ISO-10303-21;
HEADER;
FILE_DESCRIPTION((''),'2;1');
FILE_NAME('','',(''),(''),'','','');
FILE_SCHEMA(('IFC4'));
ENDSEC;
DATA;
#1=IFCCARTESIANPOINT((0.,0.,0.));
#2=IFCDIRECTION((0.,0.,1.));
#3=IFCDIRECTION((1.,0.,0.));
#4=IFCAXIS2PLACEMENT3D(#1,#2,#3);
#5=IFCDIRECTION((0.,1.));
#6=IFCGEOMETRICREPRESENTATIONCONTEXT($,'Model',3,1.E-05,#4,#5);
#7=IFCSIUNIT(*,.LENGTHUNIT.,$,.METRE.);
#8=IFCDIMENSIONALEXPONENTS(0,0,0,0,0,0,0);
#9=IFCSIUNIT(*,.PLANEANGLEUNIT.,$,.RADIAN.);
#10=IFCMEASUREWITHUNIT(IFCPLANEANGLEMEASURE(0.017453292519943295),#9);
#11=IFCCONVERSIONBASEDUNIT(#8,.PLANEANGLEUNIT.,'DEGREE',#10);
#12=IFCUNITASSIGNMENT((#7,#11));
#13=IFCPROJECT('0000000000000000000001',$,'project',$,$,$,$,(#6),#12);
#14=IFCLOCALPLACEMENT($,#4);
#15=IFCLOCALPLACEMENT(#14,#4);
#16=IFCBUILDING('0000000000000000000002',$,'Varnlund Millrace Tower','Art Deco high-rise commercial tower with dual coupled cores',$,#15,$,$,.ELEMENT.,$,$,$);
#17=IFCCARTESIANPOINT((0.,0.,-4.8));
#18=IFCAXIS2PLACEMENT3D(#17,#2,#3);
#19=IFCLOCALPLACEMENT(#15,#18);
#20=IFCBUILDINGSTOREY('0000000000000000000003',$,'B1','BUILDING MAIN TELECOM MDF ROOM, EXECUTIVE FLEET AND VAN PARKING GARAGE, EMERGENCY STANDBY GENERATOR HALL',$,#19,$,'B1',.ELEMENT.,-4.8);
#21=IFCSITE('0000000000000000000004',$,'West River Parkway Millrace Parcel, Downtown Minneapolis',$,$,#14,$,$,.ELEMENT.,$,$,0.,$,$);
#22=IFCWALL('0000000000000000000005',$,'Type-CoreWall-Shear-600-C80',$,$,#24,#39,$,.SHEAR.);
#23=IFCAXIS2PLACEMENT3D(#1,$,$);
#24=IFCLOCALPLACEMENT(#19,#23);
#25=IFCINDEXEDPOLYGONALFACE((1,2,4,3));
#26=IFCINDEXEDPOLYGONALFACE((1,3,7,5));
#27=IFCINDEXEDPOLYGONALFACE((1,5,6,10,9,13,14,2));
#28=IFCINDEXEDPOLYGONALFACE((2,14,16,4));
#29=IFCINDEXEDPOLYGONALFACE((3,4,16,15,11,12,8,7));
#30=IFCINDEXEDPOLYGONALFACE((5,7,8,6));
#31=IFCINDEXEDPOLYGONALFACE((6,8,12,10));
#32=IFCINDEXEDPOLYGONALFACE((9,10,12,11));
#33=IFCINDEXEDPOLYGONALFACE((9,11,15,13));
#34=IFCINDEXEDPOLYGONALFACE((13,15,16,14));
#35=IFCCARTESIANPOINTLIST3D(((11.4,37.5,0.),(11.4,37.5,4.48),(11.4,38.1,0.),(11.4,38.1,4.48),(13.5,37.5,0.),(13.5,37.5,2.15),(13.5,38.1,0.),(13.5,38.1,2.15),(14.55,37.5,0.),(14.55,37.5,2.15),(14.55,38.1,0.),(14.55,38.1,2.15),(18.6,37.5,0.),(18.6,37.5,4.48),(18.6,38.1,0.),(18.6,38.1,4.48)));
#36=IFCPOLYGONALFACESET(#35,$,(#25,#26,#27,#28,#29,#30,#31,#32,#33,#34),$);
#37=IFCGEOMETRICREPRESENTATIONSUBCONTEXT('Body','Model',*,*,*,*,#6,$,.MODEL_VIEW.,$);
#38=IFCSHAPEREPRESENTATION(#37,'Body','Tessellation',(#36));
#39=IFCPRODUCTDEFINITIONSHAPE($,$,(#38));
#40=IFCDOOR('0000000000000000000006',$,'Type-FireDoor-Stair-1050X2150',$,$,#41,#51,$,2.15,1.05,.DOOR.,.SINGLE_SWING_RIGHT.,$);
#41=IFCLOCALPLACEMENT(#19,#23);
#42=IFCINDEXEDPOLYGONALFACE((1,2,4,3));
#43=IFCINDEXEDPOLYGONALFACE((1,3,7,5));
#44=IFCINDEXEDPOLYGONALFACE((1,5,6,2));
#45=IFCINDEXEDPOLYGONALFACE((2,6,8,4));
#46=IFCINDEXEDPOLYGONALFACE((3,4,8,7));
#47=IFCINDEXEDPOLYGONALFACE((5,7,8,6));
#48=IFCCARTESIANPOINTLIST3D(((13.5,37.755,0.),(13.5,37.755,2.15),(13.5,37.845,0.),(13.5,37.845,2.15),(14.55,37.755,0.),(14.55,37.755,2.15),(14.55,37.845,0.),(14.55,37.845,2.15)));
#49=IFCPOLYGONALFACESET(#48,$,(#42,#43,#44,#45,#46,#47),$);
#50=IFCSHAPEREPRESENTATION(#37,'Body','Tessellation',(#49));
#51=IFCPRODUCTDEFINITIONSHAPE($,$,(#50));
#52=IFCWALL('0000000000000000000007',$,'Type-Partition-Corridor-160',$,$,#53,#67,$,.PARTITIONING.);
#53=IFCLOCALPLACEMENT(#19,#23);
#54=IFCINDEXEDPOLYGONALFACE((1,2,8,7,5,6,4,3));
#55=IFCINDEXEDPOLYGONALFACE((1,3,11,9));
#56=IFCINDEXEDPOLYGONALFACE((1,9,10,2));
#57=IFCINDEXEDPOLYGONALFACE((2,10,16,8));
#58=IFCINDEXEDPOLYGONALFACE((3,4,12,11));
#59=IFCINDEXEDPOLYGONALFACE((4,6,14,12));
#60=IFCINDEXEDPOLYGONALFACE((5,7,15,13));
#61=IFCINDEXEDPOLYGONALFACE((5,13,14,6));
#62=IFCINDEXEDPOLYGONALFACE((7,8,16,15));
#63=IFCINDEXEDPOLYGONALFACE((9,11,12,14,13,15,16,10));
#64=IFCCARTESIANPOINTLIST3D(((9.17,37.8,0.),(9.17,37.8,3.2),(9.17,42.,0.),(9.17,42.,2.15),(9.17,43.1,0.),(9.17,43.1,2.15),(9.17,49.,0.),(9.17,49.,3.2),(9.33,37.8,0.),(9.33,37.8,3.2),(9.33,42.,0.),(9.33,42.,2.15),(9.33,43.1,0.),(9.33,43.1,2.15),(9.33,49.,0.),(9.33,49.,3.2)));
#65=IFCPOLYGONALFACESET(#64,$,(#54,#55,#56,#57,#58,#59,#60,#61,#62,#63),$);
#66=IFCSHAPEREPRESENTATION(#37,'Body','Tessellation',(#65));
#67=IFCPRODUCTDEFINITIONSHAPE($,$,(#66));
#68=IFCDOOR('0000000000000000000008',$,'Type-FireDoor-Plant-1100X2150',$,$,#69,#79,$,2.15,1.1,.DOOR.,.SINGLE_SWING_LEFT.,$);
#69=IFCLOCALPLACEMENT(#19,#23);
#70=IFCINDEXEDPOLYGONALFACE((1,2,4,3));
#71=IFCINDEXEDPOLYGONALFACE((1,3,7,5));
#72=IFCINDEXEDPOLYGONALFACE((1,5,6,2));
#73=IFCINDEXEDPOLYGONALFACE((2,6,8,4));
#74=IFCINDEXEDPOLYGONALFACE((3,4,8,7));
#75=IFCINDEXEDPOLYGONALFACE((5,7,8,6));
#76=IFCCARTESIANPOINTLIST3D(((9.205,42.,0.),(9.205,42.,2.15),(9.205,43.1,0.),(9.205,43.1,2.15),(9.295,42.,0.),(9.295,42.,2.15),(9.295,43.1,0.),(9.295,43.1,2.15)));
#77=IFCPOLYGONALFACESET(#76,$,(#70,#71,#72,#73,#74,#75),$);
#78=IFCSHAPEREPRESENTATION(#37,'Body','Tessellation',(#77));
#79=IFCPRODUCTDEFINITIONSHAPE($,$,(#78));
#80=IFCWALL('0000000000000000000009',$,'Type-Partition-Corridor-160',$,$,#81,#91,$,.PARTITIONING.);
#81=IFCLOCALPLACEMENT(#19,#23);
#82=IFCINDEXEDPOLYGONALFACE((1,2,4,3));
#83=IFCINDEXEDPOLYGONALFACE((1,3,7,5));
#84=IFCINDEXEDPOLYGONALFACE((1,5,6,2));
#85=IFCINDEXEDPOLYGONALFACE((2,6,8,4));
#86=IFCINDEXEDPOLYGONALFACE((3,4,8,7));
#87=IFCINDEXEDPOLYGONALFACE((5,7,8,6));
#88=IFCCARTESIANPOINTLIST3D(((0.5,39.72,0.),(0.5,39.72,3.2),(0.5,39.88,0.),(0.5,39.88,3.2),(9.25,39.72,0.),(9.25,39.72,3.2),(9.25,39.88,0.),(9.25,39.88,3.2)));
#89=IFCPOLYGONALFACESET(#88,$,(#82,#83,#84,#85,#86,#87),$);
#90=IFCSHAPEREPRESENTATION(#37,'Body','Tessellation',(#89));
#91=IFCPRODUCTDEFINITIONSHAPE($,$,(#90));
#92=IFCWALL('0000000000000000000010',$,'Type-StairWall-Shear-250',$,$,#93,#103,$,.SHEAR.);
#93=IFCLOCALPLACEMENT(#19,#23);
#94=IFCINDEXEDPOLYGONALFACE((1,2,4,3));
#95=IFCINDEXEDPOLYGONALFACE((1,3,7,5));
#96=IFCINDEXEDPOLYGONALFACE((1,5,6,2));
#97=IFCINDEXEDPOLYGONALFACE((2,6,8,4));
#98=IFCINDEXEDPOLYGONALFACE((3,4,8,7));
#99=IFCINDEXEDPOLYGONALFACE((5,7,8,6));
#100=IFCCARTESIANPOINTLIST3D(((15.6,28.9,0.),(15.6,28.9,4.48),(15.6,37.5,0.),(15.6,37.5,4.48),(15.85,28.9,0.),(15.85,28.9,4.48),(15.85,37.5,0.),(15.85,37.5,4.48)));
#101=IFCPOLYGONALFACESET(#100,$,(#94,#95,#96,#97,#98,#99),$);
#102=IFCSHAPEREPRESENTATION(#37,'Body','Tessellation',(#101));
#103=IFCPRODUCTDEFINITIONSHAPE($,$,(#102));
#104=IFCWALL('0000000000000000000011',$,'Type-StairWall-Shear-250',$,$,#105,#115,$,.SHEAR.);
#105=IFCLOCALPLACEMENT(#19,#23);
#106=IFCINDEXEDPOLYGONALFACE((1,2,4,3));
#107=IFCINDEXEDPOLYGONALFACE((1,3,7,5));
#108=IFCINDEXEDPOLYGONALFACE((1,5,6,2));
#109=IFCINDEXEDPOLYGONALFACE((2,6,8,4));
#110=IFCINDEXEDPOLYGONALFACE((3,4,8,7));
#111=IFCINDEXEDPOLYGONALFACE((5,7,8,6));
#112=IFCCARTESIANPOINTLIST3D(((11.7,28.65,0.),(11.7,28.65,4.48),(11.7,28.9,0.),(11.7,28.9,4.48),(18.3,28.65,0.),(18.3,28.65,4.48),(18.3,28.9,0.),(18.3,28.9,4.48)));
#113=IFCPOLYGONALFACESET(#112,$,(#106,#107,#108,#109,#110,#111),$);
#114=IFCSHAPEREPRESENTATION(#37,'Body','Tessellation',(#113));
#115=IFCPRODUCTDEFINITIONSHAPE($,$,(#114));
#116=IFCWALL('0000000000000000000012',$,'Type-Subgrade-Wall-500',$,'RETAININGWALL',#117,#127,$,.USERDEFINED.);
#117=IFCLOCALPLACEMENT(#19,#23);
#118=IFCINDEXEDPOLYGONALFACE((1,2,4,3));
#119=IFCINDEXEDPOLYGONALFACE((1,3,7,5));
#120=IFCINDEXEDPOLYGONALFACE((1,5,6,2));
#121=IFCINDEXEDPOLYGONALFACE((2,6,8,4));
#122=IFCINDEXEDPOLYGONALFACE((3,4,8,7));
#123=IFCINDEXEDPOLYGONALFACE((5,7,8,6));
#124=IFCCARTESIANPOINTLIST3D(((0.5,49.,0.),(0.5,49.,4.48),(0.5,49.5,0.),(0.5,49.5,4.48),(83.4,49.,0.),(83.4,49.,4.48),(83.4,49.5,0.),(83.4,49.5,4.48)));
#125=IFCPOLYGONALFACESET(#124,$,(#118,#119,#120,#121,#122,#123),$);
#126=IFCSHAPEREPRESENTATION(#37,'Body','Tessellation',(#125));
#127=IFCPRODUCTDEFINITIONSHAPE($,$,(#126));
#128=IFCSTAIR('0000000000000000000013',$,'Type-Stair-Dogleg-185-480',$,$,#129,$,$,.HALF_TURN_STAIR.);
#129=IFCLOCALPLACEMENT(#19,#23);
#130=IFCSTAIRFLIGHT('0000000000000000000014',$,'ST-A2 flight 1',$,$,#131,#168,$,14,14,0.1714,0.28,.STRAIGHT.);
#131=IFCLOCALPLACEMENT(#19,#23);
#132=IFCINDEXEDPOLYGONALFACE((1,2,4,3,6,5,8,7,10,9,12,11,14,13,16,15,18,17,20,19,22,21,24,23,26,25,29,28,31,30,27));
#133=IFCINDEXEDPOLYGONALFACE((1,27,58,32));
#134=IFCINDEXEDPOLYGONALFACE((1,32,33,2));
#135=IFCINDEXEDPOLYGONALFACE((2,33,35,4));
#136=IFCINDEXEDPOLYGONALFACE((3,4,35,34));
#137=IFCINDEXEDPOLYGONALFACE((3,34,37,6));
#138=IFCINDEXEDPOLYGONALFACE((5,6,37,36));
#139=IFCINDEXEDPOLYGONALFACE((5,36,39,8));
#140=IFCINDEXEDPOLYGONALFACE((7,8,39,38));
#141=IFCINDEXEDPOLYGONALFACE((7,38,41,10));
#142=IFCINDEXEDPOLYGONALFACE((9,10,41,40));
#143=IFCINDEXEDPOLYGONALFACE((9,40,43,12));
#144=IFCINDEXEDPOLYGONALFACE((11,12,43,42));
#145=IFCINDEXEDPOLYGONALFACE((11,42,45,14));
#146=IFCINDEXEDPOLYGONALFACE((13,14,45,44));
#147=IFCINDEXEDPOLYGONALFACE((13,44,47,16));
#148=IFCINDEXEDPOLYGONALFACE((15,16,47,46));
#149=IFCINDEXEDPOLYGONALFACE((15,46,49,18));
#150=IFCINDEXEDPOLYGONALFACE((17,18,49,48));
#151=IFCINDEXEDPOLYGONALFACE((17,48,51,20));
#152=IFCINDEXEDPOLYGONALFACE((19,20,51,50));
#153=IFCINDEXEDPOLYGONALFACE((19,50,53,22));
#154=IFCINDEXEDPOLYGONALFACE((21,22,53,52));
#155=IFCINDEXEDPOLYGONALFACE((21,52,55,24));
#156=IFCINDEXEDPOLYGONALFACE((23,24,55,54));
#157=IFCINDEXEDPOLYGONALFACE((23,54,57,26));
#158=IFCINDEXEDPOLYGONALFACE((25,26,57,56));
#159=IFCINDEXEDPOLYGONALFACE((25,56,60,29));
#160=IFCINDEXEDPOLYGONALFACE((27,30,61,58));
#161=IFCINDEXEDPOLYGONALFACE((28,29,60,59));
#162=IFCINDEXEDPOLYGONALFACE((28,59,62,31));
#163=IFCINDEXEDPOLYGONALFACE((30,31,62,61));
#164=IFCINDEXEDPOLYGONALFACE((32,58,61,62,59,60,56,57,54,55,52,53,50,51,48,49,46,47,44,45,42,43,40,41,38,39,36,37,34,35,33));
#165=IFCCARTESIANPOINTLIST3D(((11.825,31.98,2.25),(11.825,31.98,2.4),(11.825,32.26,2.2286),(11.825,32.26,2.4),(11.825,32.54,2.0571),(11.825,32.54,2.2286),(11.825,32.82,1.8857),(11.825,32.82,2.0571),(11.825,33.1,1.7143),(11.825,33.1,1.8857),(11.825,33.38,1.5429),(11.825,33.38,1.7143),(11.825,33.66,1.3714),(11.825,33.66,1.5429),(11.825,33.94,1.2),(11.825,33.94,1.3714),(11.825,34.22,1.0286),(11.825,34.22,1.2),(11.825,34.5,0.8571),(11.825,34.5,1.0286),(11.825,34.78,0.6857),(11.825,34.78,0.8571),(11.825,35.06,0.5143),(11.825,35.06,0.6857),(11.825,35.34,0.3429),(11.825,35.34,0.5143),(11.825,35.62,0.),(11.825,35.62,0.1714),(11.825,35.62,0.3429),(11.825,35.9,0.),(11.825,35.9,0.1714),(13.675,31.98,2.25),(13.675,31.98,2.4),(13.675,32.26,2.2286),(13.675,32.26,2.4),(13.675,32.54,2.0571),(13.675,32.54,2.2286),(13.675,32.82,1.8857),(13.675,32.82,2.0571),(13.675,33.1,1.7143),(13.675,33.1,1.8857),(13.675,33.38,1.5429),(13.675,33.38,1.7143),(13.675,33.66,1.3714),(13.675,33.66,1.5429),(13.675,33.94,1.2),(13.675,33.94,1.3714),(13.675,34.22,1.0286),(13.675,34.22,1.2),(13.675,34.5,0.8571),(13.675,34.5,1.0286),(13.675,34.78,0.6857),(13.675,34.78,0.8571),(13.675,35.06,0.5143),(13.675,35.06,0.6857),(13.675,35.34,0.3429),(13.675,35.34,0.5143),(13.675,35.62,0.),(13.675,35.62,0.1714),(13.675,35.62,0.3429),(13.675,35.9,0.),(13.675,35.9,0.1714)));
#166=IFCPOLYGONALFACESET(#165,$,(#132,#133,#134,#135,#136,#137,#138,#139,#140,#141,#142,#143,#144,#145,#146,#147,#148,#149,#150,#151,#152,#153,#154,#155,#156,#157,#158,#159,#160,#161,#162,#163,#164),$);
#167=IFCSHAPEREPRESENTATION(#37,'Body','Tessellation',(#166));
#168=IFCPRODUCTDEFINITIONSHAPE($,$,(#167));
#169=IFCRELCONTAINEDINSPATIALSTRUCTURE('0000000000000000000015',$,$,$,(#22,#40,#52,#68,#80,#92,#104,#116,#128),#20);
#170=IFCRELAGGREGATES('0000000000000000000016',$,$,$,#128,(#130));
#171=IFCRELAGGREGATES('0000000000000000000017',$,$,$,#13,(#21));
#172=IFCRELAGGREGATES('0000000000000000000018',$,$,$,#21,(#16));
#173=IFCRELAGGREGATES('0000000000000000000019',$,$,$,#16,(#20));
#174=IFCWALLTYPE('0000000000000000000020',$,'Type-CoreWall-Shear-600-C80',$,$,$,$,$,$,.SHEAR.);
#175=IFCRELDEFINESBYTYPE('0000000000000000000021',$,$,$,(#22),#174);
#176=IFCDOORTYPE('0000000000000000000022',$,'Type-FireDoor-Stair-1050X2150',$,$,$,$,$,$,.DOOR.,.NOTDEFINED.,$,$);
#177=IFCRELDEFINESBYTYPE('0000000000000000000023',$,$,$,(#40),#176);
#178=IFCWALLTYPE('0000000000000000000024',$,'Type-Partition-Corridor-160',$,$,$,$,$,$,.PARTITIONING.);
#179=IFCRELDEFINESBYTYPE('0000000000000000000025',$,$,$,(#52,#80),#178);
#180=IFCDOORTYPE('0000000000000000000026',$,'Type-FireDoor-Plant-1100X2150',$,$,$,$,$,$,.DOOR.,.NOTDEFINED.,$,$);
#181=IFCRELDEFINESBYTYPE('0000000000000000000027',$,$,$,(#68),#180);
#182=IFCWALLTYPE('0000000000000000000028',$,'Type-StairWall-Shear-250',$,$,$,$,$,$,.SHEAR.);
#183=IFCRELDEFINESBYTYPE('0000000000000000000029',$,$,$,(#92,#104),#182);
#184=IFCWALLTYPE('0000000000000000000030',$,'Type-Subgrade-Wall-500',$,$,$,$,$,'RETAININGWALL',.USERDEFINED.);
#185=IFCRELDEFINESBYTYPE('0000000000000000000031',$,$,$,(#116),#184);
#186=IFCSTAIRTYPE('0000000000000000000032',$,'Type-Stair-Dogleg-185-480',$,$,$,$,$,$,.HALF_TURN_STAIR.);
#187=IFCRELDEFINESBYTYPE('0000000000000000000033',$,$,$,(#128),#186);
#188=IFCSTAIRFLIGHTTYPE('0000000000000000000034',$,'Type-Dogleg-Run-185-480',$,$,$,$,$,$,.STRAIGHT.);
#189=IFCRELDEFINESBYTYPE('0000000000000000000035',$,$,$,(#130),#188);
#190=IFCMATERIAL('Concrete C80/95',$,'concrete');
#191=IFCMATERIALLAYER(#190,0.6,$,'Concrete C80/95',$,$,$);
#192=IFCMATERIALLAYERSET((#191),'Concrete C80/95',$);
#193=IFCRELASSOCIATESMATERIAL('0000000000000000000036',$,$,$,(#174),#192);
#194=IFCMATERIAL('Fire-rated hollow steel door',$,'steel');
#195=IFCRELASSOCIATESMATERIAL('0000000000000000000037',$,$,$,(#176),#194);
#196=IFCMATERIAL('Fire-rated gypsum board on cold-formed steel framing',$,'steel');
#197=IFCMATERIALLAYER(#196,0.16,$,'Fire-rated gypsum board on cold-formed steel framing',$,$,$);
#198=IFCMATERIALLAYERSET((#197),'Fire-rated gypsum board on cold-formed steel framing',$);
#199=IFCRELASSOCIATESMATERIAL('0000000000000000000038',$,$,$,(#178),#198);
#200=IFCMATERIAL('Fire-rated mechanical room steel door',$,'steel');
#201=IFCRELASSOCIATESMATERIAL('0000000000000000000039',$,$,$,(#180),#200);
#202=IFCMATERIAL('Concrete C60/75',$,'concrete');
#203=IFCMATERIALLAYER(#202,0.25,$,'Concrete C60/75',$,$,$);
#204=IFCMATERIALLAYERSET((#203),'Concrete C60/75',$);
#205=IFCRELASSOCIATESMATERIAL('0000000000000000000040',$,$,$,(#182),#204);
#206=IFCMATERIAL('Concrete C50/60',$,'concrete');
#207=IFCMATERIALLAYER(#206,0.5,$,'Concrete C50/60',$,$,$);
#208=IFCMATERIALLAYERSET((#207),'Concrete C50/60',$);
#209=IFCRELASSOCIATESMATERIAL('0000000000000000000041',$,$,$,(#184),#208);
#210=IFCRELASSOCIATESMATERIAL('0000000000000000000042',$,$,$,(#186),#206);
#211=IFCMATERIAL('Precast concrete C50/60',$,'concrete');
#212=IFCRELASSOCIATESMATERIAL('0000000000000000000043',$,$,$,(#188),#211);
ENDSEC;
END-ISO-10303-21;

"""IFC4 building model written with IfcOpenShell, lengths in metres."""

from ifc_helpers import new_model, entity, si_unit, converted_unit, direction, frame, origin_with_axes, origin_2d_with_axis, place, context, subcontext, project, spatial, polyline, rectangle, outline, extrude, material, layer, layer_set, type_object, element, fill, aggregate, save


model = new_model("IFC4")

# Units and contexts
model_context = context("Model", 3, precision=1e-05, world=origin_with_axes(), true_north=direction((0.0, 1.0)))
body_context = subcontext(model_context, "Body", "Model", "MODEL_VIEW")
ifc_project = project(units=[si_unit("LENGTHUNIT", "METRE"), converted_unit("PLANEANGLEUNIT", "DEGREE", entity("IfcPlaneAngleMeasure", 0.017453292519943295), si_unit("PLANEANGLEUNIT", "RADIAN"), dimensions=[0, 0, 0, 0, 0, 0, 0])], contexts=[model_context])

# Site, building, storey
site_placement = place(None, origin_with_axes())
site = spatial("IfcSite", under=ifc_project, at=site_placement, Name="West River Parkway Millrace Parcel, Downtown Minneapolis", CompositionType="ELEMENT", RefElevation=0.0)
building_placement = place(site_placement, origin_with_axes())
building = spatial("IfcBuilding", under=site, at=building_placement, Name="Varnlund Millrace Tower", Description="Art Deco high-rise commercial tower with dual coupled cores", CompositionType="ELEMENT")
storey_placement = place(building_placement, frame((0.0, 0.0, -4.8), z_axis=(0.0, 0.0, 1.0), x_axis=(1.0, 0.0, 0.0)))
storey = spatial("IfcBuildingStorey", under=building, at=storey_placement, Name="B1", Description="BUILDING MAIN TELECOM MDF ROOM, EXECUTIVE FLEET AND VAN PARKING GARAGE, EMERGENCY STANDBY GENERATOR HALL", LongName="B1", CompositionType="ELEMENT", Elevation=-4.8)

# Shared definitions
ifc_material_1 = material(Name="Concrete C80/95", Category="concrete")

# Walls, openings, doors
ifc_layer_1 = layer(ifc_material_1, 0.6, Name="Concrete C80/95")
ifc_layer_set_1 = layer_set([ifc_layer_1], Name="Concrete C80/95")
wall_type_1 = type_object("IfcWallType", Name="Type-CoreWall-Shear-600-C80", PredefinedType="SHEAR", material=ifc_layer_set_1)
wall_1_placement = place(storey_placement, frame((11.4, 37.8, 0.0), z_axis=(0.0, 0.0, 1.0), x_axis=(1.0, 0.0, 0.0)))
wall_1 = element("IfcWall", 1, at=wall_1_placement, inside=storey, type_object=wall_type_1, Name="Type-CoreWall-Shear-600-C80", PredefinedType="SHEAR", context=body_context, shape_type="SweptSolid", body=[
    extrude(outline(polyline([(0.0, -0.3), (7.2, -0.3), (7.2, 0.3), (0.0, 0.3), (0.0, -0.3)])), origin_with_axes(), (0.0, 0.0, 1.0), 4.48),
])
opening_1_placement = place(wall_1_placement, frame((2.625, 0.0, 0.0), z_axis=(0.0, 0.0, 1.0), x_axis=(1.0, 0.0, 0.0)))
opening_1 = element("IfcOpeningElement", 2, at=opening_1_placement, cuts=wall_1, PredefinedType="OPENING", context=body_context, shape_type="SweptSolid", body=[
    extrude(rectangle(XDim=1.05, YDim=0.62, at=origin_2d_with_axis()), origin_with_axes(), (0.0, 0.0, 1.0), 2.15),
])
ifc_material_2 = material(Name="Fire-rated hollow steel door", Category="steel")
door_type_1 = type_object("IfcDoorType", Name="Type-FireDoor-Stair-1050X2150", OperationType="NOTDEFINED", PredefinedType="DOOR", material=ifc_material_2)
door_1_placement = place(wall_1_placement, frame((2.625, 0.0, 0.0), z_axis=(0.0, 0.0, 1.0), x_axis=(1.0, 0.0, 0.0)))
door_1 = element("IfcDoor", 3, at=door_1_placement, inside=storey, type_object=door_type_1, Name="Type-FireDoor-Stair-1050X2150", OperationType="SINGLE_SWING_RIGHT", OverallHeight=2.15, OverallWidth=1.05, PredefinedType="DOOR", context=body_context, shape_type="SweptSolid", body=[
    extrude(rectangle(XDim=1.05, YDim=0.09, at=origin_2d_with_axis()), origin_with_axes(), (0.0, 0.0, 1.0), 2.15),
])
fill(opening_1, door_1)
ifc_material_3 = material(Name="Fire-rated gypsum board on cold-formed steel framing", Category="steel")
ifc_layer_2 = layer(ifc_material_3, 0.16, Name="Fire-rated gypsum board on cold-formed steel framing")
ifc_layer_set_2 = layer_set([ifc_layer_2], Name="Fire-rated gypsum board on cold-formed steel framing")
wall_type_2 = type_object("IfcWallType", Name="Type-Partition-Corridor-160", PredefinedType="PARTITIONING", material=ifc_layer_set_2)
wall_2_placement = place(storey_placement, frame((9.25, 37.8, 0.0), z_axis=(0.0, 0.0, 1.0), x_axis=(0.0, 1.0, 0.0)))
wall_2 = element("IfcWall", 4, at=wall_2_placement, inside=storey, type_object=wall_type_2, Name="Type-Partition-Corridor-160", PredefinedType="PARTITIONING", context=body_context, shape_type="SweptSolid", body=[
    extrude(outline(polyline([(0.0, -0.08), (11.2, -0.08), (11.2, 0.08), (0.0, 0.08), (0.0, -0.08)])), origin_with_axes(), (0.0, 0.0, 1.0), 3.2),
])
opening_2_placement = place(wall_2_placement, frame((4.75, 0.0, 0.0), z_axis=(0.0, 0.0, 1.0), x_axis=(1.0, 0.0, 0.0)))
opening_2 = element("IfcOpeningElement", 5, at=opening_2_placement, cuts=wall_2, PredefinedType="OPENING", context=body_context, shape_type="SweptSolid", body=[
    extrude(rectangle(XDim=1.1, YDim=0.18, at=origin_2d_with_axis()), origin_with_axes(), (0.0, 0.0, 1.0), 2.15),
])
ifc_material_4 = material(Name="Fire-rated mechanical room steel door", Category="steel")
door_type_2 = type_object("IfcDoorType", Name="Type-FireDoor-Plant-1100X2150", OperationType="NOTDEFINED", PredefinedType="DOOR", material=ifc_material_4)
door_2_placement = place(wall_2_placement, frame((4.75, 0.0, 0.0), z_axis=(0.0, 0.0, 1.0), x_axis=(1.0, 0.0, 0.0)))
door_2 = element("IfcDoor", 6, at=door_2_placement, inside=storey, type_object=door_type_2, Name="Type-FireDoor-Plant-1100X2150", OperationType="SINGLE_SWING_LEFT", OverallHeight=2.15, OverallWidth=1.1, PredefinedType="DOOR", context=body_context, shape_type="SweptSolid", body=[
    extrude(rectangle(XDim=1.1, YDim=0.09, at=origin_2d_with_axis()), origin_with_axes(), (0.0, 0.0, 1.0), 2.15),
])
fill(opening_2, door_2)

# Walls
wall_3_placement = place(storey_placement, frame((0.5, 39.8, 0.0), z_axis=(0.0, 0.0, 1.0), x_axis=(1.0, 0.0, 0.0)))
element("IfcWall", 7, at=wall_3_placement, inside=storey, type_object=wall_type_2, Name="Type-Partition-Corridor-160", PredefinedType="PARTITIONING", context=body_context, shape_type="SweptSolid", body=[
    extrude(outline(polyline([(0.0, -0.08), (8.75, -0.08), (8.75, 0.08), (0.0, 0.08), (0.0, -0.08)])), origin_with_axes(), (0.0, 0.0, 1.0), 3.2),
])
ifc_material_5 = material(Name="Concrete C60/75", Category="concrete")
ifc_layer_3 = layer(ifc_material_5, 0.25, Name="Concrete C60/75")
ifc_layer_set_3 = layer_set([ifc_layer_3], Name="Concrete C60/75")
wall_type_3 = type_object("IfcWallType", Name="Type-StairWall-Shear-250", PredefinedType="SHEAR", material=ifc_layer_set_3)
wall_4_placement = place(storey_placement, frame((15.725, 28.9, 0.0), z_axis=(0.0, 0.0, 1.0), x_axis=(0.0, 1.0, 0.0)))
element("IfcWall", 8, at=wall_4_placement, inside=storey, type_object=wall_type_3, Name="Type-StairWall-Shear-250", PredefinedType="SHEAR", context=body_context, shape_type="SweptSolid", body=[
    extrude(outline(polyline([(0.0, -0.125), (8.6, -0.125), (8.6, 0.125), (0.0, 0.125), (0.0, -0.125)])), origin_with_axes(), (0.0, 0.0, 1.0), 4.48),
])
wall_5_placement = place(storey_placement, frame((11.7, 28.775, 0.0), z_axis=(0.0, 0.0, 1.0), x_axis=(1.0, 0.0, 0.0)))
element("IfcWall", 9, at=wall_5_placement, inside=storey, type_object=wall_type_3, Name="Type-StairWall-Shear-250", PredefinedType="SHEAR", context=body_context, shape_type="SweptSolid", body=[
    extrude(outline(polyline([(0.0, -0.125), (6.6, -0.125), (6.6, 0.125), (0.0, 0.125), (0.0, -0.125)])), origin_with_axes(), (0.0, 0.0, 1.0), 4.48),
])
ifc_material_6 = material(Name="Concrete C50/60", Category="concrete")
ifc_layer_4 = layer(ifc_material_6, 0.5, Name="Concrete C50/60")
ifc_layer_set_4 = layer_set([ifc_layer_4], Name="Concrete C50/60")
wall_type_4 = type_object("IfcWallType", Name="Type-Subgrade-Wall-500", ElementType="RETAININGWALL", PredefinedType="USERDEFINED", material=ifc_layer_set_4)
wall_6_placement = place(storey_placement, frame((0.5, 49.25, 0.0), z_axis=(0.0, 0.0, 1.0), x_axis=(1.0, 0.0, 0.0)))
element("IfcWall", 10, at=wall_6_placement, inside=storey, type_object=wall_type_4, Name="Type-Subgrade-Wall-500", ObjectType="RETAININGWALL", PredefinedType="USERDEFINED", context=body_context, shape_type="SweptSolid", body=[
    extrude(outline(polyline([(0.0, -0.25), (82.9, -0.25), (82.9, 0.25), (0.0, 0.25), (0.0, -0.25)])), origin_with_axes(), (0.0, 0.0, 1.0), 4.48),
])

# Stair, stair flight
stair_type = type_object("IfcStairType", Name="Type-Stair-Dogleg-185-480", PredefinedType="HALF_TURN_STAIR", material=ifc_material_6)
stair_placement = place(storey_placement, origin_with_axes())
stair = element("IfcStair", 11, at=stair_placement, inside=storey, type_object=stair_type, Name="Type-Stair-Dogleg-185-480", PredefinedType="HALF_TURN_STAIR")
ifc_material_7 = material(Name="Precast concrete C50/60", Category="concrete")
stair_flight_type = type_object("IfcStairFlightType", Name="Type-Dogleg-Run-185-480", PredefinedType="STRAIGHT", material=ifc_material_7)
stair_flight_1_placement = place(storey_placement, frame((13.675, 35.9, 0.0), z_axis=(-1.0, 0.0, 0.0), x_axis=(0.0, -1.0, 0.0)))
stair_flight_1 = element("IfcStairFlight", 12, at=stair_flight_1_placement, type_object=stair_flight_type, Name="ST-A2 flight 1", NumberOfRisers=14, NumberOfTreads=14, PredefinedType="STRAIGHT", RiserHeight=0.1714, TreadLength=0.28, context=body_context, shape_type="SweptSolid", body=[
    extrude(outline(polyline([(0.0, 0.0), (0.0, 0.1714), (0.28, 0.1714), (0.28, 0.3429), (0.56, 0.3429), (0.56, 0.5143), (0.84, 0.5143), (0.84, 0.6857), (1.12, 0.6857), (1.12, 0.8571), (1.4, 0.8571), (1.4, 1.0286), (1.68, 1.0286), (1.68, 1.2), (1.96, 1.2), (1.96, 1.3714), (2.24, 1.3714), (2.24, 1.5429), (2.52, 1.5429), (2.52, 1.7143), (2.8, 1.7143), (2.8, 1.8857), (3.08, 1.8857), (3.08, 2.0571), (3.36, 2.0571), (3.36, 2.2286), (3.64, 2.2286), (3.64, 2.4), (3.92, 2.4), (3.92, 2.25), (0.28, 0.0), (0.0, 0.0)])), origin_with_axes(), (0.0, 0.0, 1.0), 1.85),
])
aggregate(stair, [stair_flight_1])

save(model, "model.ifc")
